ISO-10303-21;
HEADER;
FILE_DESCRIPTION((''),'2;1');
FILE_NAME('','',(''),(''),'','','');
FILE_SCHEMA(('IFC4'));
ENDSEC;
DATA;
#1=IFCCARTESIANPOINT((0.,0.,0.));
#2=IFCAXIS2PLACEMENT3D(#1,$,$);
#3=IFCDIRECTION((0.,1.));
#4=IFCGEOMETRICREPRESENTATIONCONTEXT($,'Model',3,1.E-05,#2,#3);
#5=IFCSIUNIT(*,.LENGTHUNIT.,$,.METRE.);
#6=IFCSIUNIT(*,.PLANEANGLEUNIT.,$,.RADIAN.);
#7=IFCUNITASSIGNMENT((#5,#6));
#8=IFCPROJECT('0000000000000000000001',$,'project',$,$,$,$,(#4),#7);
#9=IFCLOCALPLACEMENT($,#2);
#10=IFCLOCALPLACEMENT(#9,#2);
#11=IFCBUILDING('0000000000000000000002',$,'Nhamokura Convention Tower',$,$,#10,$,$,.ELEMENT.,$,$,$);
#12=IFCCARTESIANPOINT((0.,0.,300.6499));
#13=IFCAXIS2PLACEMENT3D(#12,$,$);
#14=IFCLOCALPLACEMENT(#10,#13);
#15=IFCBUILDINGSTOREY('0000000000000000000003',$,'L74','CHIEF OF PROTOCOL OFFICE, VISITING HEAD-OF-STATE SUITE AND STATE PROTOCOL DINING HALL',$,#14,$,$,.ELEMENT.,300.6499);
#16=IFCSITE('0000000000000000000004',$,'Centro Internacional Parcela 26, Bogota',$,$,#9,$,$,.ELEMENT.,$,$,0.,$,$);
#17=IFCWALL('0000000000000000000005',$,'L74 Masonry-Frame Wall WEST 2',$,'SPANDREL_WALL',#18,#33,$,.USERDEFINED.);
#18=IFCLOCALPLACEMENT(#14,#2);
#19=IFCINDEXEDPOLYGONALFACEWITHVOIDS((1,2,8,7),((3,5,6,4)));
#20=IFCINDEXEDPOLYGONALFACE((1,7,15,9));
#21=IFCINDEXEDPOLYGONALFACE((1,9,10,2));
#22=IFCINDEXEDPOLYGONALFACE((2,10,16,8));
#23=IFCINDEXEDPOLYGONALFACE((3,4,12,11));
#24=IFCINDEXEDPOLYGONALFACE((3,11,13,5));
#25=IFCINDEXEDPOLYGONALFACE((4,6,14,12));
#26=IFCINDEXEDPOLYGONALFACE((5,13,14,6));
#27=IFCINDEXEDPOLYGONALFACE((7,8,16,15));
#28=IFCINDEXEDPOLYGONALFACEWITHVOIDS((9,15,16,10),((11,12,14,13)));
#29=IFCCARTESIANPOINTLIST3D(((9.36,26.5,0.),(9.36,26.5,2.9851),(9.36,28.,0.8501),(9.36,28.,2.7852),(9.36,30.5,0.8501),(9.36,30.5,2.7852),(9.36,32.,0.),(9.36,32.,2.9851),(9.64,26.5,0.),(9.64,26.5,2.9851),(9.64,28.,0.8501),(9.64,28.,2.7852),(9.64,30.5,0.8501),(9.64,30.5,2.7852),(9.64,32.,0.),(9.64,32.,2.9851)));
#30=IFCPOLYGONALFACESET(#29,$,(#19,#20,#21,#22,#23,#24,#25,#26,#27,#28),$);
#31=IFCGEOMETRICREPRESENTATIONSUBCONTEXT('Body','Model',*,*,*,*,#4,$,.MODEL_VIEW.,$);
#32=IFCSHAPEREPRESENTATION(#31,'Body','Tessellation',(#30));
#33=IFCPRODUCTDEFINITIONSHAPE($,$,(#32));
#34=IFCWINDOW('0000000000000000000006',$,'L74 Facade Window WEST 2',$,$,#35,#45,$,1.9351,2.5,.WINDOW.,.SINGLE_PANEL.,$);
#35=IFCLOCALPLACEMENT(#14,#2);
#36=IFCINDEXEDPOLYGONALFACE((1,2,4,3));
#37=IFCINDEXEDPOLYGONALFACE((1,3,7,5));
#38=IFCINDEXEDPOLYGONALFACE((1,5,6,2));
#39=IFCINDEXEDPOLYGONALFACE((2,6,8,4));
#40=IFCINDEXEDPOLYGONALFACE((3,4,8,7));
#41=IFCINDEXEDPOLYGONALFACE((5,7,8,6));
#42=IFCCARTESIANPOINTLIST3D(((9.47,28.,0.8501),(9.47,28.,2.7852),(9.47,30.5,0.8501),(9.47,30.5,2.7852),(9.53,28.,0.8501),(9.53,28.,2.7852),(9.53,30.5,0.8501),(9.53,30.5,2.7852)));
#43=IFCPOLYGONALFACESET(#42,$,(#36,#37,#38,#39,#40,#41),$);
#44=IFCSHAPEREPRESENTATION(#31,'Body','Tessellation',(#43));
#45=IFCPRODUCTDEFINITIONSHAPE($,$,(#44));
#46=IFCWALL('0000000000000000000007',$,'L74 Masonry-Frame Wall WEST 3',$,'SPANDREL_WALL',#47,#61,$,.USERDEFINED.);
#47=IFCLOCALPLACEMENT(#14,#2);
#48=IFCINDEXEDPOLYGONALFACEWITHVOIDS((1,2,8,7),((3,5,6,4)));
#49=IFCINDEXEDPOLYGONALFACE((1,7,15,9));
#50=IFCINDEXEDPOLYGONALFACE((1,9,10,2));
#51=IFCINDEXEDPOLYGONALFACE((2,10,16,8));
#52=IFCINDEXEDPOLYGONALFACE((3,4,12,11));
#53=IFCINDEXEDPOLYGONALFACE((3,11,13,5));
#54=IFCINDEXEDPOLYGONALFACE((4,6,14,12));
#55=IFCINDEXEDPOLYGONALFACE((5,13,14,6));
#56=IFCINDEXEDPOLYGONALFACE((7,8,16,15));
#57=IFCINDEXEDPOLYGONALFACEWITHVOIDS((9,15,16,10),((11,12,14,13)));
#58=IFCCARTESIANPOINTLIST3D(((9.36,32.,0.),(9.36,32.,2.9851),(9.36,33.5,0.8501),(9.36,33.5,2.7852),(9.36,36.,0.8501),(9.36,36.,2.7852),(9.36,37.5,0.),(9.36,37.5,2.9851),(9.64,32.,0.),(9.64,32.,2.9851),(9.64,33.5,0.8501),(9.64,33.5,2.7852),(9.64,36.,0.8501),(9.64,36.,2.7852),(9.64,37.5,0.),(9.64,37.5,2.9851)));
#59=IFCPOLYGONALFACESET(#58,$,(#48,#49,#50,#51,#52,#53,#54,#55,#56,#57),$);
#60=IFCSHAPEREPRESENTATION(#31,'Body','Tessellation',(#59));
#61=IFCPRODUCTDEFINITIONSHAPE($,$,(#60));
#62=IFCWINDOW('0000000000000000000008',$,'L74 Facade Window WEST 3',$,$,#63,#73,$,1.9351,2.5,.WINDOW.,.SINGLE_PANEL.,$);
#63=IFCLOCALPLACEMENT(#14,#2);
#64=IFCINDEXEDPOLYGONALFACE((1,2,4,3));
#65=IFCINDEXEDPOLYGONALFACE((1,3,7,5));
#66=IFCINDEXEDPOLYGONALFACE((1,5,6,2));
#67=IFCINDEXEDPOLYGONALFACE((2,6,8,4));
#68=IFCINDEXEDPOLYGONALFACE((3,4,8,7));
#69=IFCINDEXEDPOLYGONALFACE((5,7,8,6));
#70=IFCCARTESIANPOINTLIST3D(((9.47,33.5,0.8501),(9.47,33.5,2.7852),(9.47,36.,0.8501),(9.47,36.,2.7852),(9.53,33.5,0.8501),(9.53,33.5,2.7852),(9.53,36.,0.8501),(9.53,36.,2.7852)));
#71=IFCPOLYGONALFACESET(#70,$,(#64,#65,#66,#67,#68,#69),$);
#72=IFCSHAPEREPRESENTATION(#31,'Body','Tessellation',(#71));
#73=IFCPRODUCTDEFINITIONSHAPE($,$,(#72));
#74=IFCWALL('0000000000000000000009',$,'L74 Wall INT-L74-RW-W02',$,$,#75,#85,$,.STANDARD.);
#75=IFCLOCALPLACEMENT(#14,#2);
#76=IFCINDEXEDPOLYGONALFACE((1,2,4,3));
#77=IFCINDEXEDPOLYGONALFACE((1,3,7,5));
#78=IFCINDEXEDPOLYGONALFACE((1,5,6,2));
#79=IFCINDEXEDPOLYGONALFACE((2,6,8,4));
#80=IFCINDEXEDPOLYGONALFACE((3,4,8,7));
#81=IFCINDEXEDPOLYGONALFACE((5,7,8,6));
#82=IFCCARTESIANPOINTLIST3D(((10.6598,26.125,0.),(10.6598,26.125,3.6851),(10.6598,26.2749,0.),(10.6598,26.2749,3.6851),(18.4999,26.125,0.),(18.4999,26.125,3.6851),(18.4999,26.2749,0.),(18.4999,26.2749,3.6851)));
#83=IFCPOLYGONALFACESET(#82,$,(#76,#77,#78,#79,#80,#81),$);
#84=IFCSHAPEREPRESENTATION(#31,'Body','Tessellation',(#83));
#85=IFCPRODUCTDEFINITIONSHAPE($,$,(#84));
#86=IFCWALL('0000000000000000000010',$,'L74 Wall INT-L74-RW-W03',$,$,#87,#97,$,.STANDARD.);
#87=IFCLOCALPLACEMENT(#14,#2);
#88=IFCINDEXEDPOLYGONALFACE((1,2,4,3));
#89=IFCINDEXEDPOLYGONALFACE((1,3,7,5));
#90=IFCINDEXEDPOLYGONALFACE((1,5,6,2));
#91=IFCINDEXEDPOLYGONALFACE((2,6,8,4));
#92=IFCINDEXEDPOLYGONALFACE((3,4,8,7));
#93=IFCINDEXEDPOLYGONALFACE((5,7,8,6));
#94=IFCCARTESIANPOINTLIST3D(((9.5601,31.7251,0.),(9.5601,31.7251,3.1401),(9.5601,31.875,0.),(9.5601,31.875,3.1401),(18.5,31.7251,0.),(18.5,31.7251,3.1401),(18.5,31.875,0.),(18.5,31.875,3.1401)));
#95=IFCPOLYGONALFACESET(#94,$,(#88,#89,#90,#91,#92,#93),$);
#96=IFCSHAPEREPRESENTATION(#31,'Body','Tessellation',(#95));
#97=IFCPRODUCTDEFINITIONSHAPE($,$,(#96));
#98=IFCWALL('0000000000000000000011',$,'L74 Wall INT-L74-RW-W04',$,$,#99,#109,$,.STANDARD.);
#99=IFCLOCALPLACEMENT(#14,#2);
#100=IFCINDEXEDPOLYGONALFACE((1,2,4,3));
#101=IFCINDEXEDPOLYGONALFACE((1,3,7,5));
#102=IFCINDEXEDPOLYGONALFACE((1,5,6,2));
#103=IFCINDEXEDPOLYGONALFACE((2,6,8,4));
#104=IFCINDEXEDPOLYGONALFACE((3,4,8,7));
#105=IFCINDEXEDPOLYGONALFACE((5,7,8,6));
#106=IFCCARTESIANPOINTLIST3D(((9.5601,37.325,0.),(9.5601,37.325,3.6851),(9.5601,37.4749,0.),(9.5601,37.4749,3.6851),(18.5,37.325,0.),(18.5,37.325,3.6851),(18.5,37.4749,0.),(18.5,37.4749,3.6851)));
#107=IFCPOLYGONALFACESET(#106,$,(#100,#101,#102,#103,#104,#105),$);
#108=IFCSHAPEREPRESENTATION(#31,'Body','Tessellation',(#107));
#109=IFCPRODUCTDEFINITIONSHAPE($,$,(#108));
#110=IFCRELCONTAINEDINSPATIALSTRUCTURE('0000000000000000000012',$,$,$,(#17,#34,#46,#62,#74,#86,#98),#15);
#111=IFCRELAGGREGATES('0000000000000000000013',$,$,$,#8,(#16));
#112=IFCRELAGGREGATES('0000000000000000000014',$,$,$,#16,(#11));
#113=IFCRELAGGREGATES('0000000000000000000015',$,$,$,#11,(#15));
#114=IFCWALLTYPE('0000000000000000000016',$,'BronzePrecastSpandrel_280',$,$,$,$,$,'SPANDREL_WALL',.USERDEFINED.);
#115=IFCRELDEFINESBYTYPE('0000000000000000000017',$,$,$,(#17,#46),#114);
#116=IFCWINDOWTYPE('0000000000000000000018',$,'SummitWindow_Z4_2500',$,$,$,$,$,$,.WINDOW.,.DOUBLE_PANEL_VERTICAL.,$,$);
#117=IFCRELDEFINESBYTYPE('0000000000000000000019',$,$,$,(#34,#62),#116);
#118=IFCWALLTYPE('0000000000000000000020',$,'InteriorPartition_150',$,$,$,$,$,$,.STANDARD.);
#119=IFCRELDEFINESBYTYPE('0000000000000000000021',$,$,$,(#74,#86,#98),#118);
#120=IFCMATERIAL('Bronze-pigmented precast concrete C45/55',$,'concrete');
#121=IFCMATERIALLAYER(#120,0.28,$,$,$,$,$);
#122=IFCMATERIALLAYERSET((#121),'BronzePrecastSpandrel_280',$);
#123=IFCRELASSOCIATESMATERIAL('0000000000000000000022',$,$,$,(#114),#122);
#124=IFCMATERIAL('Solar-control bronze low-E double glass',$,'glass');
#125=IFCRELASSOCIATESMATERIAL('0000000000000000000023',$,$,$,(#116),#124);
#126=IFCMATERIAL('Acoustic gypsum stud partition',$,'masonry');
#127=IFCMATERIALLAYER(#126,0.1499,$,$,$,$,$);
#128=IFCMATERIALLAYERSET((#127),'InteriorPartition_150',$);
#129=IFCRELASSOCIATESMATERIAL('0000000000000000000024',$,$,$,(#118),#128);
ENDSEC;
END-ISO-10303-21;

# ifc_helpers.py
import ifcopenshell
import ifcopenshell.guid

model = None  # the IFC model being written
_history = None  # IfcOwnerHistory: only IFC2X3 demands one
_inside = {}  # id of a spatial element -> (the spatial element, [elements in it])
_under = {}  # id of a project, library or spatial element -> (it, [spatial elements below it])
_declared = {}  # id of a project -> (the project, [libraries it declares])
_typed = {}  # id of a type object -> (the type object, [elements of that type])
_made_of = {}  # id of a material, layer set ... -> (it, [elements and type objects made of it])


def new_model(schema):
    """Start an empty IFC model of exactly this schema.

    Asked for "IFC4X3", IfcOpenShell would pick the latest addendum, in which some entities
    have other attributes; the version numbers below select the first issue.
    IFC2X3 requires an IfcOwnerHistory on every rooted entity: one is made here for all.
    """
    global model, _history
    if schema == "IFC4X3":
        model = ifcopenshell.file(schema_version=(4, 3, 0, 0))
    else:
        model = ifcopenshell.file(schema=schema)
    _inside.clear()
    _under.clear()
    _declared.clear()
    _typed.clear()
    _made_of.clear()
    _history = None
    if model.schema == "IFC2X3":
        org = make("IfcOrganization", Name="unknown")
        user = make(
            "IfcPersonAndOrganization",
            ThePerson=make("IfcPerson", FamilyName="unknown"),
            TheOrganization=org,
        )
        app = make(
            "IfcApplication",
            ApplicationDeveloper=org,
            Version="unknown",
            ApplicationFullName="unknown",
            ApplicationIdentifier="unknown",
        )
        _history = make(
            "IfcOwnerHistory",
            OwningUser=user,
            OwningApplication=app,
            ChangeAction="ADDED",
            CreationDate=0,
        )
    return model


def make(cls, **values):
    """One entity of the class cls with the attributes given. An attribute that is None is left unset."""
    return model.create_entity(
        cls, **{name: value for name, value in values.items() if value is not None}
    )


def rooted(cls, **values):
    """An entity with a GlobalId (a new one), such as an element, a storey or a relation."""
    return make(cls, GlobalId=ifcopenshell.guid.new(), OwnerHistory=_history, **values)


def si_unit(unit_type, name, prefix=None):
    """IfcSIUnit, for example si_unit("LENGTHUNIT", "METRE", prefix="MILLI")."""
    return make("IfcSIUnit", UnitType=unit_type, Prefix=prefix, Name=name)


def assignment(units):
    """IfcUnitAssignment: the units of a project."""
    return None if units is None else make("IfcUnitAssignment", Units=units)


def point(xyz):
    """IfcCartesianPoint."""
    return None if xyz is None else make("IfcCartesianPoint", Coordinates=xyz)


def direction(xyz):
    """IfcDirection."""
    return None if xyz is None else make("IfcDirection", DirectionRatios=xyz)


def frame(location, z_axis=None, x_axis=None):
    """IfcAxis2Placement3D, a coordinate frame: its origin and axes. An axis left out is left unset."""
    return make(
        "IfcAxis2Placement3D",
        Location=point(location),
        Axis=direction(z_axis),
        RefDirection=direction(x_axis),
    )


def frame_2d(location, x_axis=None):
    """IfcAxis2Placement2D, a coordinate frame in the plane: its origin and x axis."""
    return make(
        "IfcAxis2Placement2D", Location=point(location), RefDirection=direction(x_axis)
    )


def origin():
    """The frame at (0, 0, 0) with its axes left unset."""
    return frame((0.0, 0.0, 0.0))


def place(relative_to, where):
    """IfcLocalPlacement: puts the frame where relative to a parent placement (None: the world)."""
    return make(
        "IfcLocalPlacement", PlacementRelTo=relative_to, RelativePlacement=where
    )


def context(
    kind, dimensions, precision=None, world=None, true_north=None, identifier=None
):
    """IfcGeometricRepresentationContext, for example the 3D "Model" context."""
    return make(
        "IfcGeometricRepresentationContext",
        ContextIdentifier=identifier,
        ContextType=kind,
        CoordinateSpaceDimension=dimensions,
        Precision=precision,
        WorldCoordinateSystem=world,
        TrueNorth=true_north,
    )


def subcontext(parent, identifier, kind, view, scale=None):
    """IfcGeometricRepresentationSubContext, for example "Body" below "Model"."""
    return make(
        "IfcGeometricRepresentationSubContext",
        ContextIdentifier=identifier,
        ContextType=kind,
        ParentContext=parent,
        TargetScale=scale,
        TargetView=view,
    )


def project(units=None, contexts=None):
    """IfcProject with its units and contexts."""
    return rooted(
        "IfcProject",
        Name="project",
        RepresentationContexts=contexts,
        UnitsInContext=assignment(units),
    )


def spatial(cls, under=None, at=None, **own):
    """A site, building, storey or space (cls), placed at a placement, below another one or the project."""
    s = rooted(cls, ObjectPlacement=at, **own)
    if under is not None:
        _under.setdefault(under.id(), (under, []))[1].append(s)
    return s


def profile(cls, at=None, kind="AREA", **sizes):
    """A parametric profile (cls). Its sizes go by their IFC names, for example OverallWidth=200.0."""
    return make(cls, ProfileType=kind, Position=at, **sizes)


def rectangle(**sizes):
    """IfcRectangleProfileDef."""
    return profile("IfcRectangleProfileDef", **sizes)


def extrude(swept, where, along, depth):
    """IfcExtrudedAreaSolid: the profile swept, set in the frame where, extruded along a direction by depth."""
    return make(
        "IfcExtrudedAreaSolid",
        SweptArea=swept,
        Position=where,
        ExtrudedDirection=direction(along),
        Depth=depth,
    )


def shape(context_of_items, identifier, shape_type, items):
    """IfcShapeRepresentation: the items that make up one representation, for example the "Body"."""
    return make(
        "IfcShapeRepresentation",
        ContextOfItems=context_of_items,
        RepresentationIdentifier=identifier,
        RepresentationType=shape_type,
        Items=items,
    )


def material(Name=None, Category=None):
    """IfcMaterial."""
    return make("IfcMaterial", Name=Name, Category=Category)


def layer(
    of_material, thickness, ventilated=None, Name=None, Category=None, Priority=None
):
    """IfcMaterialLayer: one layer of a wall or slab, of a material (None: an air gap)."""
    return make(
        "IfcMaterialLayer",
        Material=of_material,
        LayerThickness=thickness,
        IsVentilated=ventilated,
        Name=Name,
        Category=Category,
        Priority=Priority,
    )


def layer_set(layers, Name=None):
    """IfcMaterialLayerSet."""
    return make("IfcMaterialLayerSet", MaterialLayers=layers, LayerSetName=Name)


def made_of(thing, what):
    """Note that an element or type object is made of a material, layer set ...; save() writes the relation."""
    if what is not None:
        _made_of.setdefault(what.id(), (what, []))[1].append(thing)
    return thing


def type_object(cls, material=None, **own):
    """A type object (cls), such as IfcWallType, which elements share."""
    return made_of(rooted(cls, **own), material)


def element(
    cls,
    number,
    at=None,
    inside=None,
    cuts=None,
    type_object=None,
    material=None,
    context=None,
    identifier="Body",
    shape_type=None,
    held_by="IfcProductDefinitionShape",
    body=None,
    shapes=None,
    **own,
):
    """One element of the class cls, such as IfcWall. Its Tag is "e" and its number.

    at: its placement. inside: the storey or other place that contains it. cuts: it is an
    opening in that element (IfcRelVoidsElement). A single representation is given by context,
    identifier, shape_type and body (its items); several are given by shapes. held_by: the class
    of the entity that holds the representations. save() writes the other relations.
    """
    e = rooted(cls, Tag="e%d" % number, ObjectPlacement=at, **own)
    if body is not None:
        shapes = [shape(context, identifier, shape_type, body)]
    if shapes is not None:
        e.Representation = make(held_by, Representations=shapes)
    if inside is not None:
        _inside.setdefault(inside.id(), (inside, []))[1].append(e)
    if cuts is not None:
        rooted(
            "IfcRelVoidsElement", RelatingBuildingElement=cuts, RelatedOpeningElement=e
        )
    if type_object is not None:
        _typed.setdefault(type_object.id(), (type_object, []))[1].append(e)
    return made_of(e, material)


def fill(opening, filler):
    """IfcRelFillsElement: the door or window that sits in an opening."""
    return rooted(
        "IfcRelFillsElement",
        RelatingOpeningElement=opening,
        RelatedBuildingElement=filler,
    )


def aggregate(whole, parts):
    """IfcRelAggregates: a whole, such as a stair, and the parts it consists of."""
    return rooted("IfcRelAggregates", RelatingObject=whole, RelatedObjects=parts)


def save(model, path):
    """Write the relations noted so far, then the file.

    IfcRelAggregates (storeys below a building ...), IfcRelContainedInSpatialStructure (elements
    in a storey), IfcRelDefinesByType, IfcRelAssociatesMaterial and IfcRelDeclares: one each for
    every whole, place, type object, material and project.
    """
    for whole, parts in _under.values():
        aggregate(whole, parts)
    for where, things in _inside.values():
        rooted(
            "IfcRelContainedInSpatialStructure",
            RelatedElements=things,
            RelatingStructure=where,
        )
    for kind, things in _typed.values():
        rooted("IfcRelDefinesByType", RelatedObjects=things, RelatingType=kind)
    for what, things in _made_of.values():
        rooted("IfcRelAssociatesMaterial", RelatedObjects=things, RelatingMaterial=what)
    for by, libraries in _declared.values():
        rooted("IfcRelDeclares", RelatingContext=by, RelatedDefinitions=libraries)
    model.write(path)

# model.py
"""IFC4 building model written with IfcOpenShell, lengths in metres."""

from ifc_helpers import new_model, si_unit, direction, frame, frame_2d, origin, place, context, subcontext, project, spatial, rectangle, extrude, material, layer, layer_set, type_object, element, fill, save


model = new_model("IFC4")

# Units and contexts
model_context = context("Model", 3, precision=1e-05, world=origin(), true_north=direction((0.0, 1.0)))
body_context = subcontext(model_context, "Body", "Model", "MODEL_VIEW")
ifc_project = project(units=[si_unit("LENGTHUNIT", "METRE"), si_unit("PLANEANGLEUNIT", "RADIAN")], contexts=[model_context])

# Site, building, storey
site_placement = place(None, origin())
site = spatial("IfcSite", under=ifc_project, at=site_placement, Name="Centro Internacional Parcela 26, Bogota", CompositionType="ELEMENT", RefElevation=0.0)
building_placement = place(site_placement, origin())
building = spatial("IfcBuilding", under=site, at=building_placement, Name="Nhamokura Convention Tower", CompositionType="ELEMENT")
storey_placement = place(building_placement, frame((0.0, 0.0, 300.6499)))
storey = spatial("IfcBuildingStorey", under=building, at=storey_placement, Name="L74", Description="CHIEF OF PROTOCOL OFFICE, VISITING HEAD-OF-STATE SUITE AND STATE PROTOCOL DINING HALL", CompositionType="ELEMENT", Elevation=300.6499)

# Shared definitions
ifc_material_1 = material(Name="Bronze-pigmented precast concrete C45/55", Category="concrete")
ifc_layer_1 = layer(ifc_material_1, 0.28)
ifc_layer_set_1 = layer_set([ifc_layer_1], Name="BronzePrecastSpandrel_280")
wall_type_1 = type_object("IfcWallType", Name="BronzePrecastSpandrel_280", ElementType="SPANDREL_WALL", PredefinedType="USERDEFINED", material=ifc_layer_set_1)

# Walls, openings, windows
wall_1_placement = place(storey_placement, frame((9.5, 26.5, 0.0), z_axis=(0.0, 0.0, 1.0), x_axis=(0.0, 1.0, 0.0)))
wall_1 = element("IfcWall", 1, at=wall_1_placement, inside=storey, type_object=wall_type_1, Name="L74 Masonry-Frame Wall WEST 2", ObjectType="SPANDREL_WALL", PredefinedType="USERDEFINED", context=body_context, shape_type="SweptSolid", body=[
    extrude(rectangle(XDim=5.5, YDim=0.28, at=frame_2d((2.75, 0.0))), origin(), (0.0, 0.0, 1.0), 2.9851),
])
opening_1_placement = place(wall_1_placement, frame((1.5, 0.0, 0.8501)))
opening_1 = element("IfcOpeningElement", 2, at=opening_1_placement, cuts=wall_1, PredefinedType="OPENING", context=body_context, shape_type="SweptSolid", body=[
    extrude(rectangle(XDim=2.5, YDim=1.9351, at=frame_2d((1.25, 0.9675))), frame((0.0, 0.1499, 0.0), z_axis=(0.0, -1.0, 0.0), x_axis=(1.0, 0.0, 0.0)), (0.0, 0.0, 1.0), 0.3),
])
ifc_material_2 = material(Name="Solar-control bronze low-E double glass", Category="glass")
window_type = type_object("IfcWindowType", Name="SummitWindow_Z4_2500", PartitioningType="DOUBLE_PANEL_VERTICAL", PredefinedType="WINDOW", material=ifc_material_2)
window_1_placement = place(opening_1_placement, origin())
window_1 = element("IfcWindow", 3, at=window_1_placement, inside=storey, type_object=window_type, Name="L74 Facade Window WEST 2", OverallHeight=1.9351, OverallWidth=2.5, PartitioningType="SINGLE_PANEL", PredefinedType="WINDOW", context=body_context, shape_type="SweptSolid", body=[
    extrude(rectangle(XDim=2.5, YDim=1.9351, at=frame_2d((1.25, 0.9675))), frame((0.0, 0.03, 0.0), z_axis=(0.0, -1.0, 0.0), x_axis=(1.0, 0.0, 0.0)), (0.0, 0.0, 1.0), 0.0601),
])
fill(opening_1, window_1)
wall_2_placement = place(storey_placement, frame((9.5, 32.0, 0.0), z_axis=(0.0, 0.0, 1.0), x_axis=(0.0, 1.0, 0.0)))
wall_2 = element("IfcWall", 4, at=wall_2_placement, inside=storey, type_object=wall_type_1, Name="L74 Masonry-Frame Wall WEST 3", ObjectType="SPANDREL_WALL", PredefinedType="USERDEFINED", context=body_context, shape_type="SweptSolid", body=[
    extrude(rectangle(XDim=5.5, YDim=0.28, at=frame_2d((2.75, 0.0))), origin(), (0.0, 0.0, 1.0), 2.9851),
])
opening_2_placement = place(wall_2_placement, frame((1.5, 0.0, 0.8501)))
opening_2 = element("IfcOpeningElement", 5, at=opening_2_placement, cuts=wall_2, PredefinedType="OPENING", context=body_context, shape_type="SweptSolid", body=[
    extrude(rectangle(XDim=2.5, YDim=1.9351, at=frame_2d((1.25, 0.9675))), frame((0.0, 0.1499, 0.0), z_axis=(0.0, -1.0, 0.0), x_axis=(1.0, 0.0, 0.0)), (0.0, 0.0, 1.0), 0.3),
])
window_2_placement = place(opening_2_placement, origin())
window_2 = element("IfcWindow", 6, at=window_2_placement, inside=storey, type_object=window_type, Name="L74 Facade Window WEST 3", OverallHeight=1.9351, OverallWidth=2.5, PartitioningType="SINGLE_PANEL", PredefinedType="WINDOW", context=body_context, shape_type="SweptSolid", body=[
    extrude(rectangle(XDim=2.5, YDim=1.9351, at=frame_2d((1.25, 0.9675))), frame((0.0, 0.03, 0.0), z_axis=(0.0, -1.0, 0.0), x_axis=(1.0, 0.0, 0.0)), (0.0, 0.0, 1.0), 0.0601),
])
fill(opening_2, window_2)

# Walls
ifc_material_3 = material(Name="Acoustic gypsum stud partition", Category="masonry")
ifc_layer_2 = layer(ifc_material_3, 0.1499)
ifc_layer_set_2 = layer_set([ifc_layer_2], Name="InteriorPartition_150")
wall_type_2 = type_object("IfcWallType", Name="InteriorPartition_150", PredefinedType="STANDARD", material=ifc_layer_set_2)
wall_3_placement = place(storey_placement, frame((10.6599, 26.2, 0.0), z_axis=(0.0, 0.0, 1.0), x_axis=(1.0, 0.0, 0.0)))
element("IfcWall", 7, at=wall_3_placement, inside=storey, type_object=wall_type_2, Name="L74 Wall INT-L74-RW-W02", PredefinedType="STANDARD", context=body_context, shape_type="SweptSolid", body=[
    extrude(rectangle(XDim=7.8401, YDim=0.1499, at=frame_2d((3.9199, 0.0))), origin(), (0.0, 0.0, 1.0), 3.6851),
])
wall_4_placement = place(storey_placement, frame((9.5601, 31.8, 0.0), z_axis=(0.0, 0.0, 1.0), x_axis=(1.0, 0.0, 0.0)))
element("IfcWall", 8, at=wall_4_placement, inside=storey, type_object=wall_type_2, Name="L74 Wall INT-L74-RW-W03", PredefinedType="STANDARD", context=body_context, shape_type="SweptSolid", body=[
    extrude(rectangle(XDim=8.9399, YDim=0.1499, at=frame_2d((4.47, 0.0))), origin(), (0.0, 0.0, 1.0), 3.1401),
])
wall_5_placement = place(storey_placement, frame((9.5601, 37.3999, 0.0), z_axis=(0.0, 0.0, 1.0), x_axis=(1.0, 0.0, 0.0)))
element("IfcWall", 9, at=wall_5_placement, inside=storey, type_object=wall_type_2, Name="L74 Wall INT-L74-RW-W04", PredefinedType="STANDARD", context=body_context, shape_type="SweptSolid", body=[
    extrude(rectangle(XDim=8.9399, YDim=0.1499, at=frame_2d((4.47, 0.0))), origin(), (0.0, 0.0, 1.0), 3.6851),
])

save(model, "model.ifc")
